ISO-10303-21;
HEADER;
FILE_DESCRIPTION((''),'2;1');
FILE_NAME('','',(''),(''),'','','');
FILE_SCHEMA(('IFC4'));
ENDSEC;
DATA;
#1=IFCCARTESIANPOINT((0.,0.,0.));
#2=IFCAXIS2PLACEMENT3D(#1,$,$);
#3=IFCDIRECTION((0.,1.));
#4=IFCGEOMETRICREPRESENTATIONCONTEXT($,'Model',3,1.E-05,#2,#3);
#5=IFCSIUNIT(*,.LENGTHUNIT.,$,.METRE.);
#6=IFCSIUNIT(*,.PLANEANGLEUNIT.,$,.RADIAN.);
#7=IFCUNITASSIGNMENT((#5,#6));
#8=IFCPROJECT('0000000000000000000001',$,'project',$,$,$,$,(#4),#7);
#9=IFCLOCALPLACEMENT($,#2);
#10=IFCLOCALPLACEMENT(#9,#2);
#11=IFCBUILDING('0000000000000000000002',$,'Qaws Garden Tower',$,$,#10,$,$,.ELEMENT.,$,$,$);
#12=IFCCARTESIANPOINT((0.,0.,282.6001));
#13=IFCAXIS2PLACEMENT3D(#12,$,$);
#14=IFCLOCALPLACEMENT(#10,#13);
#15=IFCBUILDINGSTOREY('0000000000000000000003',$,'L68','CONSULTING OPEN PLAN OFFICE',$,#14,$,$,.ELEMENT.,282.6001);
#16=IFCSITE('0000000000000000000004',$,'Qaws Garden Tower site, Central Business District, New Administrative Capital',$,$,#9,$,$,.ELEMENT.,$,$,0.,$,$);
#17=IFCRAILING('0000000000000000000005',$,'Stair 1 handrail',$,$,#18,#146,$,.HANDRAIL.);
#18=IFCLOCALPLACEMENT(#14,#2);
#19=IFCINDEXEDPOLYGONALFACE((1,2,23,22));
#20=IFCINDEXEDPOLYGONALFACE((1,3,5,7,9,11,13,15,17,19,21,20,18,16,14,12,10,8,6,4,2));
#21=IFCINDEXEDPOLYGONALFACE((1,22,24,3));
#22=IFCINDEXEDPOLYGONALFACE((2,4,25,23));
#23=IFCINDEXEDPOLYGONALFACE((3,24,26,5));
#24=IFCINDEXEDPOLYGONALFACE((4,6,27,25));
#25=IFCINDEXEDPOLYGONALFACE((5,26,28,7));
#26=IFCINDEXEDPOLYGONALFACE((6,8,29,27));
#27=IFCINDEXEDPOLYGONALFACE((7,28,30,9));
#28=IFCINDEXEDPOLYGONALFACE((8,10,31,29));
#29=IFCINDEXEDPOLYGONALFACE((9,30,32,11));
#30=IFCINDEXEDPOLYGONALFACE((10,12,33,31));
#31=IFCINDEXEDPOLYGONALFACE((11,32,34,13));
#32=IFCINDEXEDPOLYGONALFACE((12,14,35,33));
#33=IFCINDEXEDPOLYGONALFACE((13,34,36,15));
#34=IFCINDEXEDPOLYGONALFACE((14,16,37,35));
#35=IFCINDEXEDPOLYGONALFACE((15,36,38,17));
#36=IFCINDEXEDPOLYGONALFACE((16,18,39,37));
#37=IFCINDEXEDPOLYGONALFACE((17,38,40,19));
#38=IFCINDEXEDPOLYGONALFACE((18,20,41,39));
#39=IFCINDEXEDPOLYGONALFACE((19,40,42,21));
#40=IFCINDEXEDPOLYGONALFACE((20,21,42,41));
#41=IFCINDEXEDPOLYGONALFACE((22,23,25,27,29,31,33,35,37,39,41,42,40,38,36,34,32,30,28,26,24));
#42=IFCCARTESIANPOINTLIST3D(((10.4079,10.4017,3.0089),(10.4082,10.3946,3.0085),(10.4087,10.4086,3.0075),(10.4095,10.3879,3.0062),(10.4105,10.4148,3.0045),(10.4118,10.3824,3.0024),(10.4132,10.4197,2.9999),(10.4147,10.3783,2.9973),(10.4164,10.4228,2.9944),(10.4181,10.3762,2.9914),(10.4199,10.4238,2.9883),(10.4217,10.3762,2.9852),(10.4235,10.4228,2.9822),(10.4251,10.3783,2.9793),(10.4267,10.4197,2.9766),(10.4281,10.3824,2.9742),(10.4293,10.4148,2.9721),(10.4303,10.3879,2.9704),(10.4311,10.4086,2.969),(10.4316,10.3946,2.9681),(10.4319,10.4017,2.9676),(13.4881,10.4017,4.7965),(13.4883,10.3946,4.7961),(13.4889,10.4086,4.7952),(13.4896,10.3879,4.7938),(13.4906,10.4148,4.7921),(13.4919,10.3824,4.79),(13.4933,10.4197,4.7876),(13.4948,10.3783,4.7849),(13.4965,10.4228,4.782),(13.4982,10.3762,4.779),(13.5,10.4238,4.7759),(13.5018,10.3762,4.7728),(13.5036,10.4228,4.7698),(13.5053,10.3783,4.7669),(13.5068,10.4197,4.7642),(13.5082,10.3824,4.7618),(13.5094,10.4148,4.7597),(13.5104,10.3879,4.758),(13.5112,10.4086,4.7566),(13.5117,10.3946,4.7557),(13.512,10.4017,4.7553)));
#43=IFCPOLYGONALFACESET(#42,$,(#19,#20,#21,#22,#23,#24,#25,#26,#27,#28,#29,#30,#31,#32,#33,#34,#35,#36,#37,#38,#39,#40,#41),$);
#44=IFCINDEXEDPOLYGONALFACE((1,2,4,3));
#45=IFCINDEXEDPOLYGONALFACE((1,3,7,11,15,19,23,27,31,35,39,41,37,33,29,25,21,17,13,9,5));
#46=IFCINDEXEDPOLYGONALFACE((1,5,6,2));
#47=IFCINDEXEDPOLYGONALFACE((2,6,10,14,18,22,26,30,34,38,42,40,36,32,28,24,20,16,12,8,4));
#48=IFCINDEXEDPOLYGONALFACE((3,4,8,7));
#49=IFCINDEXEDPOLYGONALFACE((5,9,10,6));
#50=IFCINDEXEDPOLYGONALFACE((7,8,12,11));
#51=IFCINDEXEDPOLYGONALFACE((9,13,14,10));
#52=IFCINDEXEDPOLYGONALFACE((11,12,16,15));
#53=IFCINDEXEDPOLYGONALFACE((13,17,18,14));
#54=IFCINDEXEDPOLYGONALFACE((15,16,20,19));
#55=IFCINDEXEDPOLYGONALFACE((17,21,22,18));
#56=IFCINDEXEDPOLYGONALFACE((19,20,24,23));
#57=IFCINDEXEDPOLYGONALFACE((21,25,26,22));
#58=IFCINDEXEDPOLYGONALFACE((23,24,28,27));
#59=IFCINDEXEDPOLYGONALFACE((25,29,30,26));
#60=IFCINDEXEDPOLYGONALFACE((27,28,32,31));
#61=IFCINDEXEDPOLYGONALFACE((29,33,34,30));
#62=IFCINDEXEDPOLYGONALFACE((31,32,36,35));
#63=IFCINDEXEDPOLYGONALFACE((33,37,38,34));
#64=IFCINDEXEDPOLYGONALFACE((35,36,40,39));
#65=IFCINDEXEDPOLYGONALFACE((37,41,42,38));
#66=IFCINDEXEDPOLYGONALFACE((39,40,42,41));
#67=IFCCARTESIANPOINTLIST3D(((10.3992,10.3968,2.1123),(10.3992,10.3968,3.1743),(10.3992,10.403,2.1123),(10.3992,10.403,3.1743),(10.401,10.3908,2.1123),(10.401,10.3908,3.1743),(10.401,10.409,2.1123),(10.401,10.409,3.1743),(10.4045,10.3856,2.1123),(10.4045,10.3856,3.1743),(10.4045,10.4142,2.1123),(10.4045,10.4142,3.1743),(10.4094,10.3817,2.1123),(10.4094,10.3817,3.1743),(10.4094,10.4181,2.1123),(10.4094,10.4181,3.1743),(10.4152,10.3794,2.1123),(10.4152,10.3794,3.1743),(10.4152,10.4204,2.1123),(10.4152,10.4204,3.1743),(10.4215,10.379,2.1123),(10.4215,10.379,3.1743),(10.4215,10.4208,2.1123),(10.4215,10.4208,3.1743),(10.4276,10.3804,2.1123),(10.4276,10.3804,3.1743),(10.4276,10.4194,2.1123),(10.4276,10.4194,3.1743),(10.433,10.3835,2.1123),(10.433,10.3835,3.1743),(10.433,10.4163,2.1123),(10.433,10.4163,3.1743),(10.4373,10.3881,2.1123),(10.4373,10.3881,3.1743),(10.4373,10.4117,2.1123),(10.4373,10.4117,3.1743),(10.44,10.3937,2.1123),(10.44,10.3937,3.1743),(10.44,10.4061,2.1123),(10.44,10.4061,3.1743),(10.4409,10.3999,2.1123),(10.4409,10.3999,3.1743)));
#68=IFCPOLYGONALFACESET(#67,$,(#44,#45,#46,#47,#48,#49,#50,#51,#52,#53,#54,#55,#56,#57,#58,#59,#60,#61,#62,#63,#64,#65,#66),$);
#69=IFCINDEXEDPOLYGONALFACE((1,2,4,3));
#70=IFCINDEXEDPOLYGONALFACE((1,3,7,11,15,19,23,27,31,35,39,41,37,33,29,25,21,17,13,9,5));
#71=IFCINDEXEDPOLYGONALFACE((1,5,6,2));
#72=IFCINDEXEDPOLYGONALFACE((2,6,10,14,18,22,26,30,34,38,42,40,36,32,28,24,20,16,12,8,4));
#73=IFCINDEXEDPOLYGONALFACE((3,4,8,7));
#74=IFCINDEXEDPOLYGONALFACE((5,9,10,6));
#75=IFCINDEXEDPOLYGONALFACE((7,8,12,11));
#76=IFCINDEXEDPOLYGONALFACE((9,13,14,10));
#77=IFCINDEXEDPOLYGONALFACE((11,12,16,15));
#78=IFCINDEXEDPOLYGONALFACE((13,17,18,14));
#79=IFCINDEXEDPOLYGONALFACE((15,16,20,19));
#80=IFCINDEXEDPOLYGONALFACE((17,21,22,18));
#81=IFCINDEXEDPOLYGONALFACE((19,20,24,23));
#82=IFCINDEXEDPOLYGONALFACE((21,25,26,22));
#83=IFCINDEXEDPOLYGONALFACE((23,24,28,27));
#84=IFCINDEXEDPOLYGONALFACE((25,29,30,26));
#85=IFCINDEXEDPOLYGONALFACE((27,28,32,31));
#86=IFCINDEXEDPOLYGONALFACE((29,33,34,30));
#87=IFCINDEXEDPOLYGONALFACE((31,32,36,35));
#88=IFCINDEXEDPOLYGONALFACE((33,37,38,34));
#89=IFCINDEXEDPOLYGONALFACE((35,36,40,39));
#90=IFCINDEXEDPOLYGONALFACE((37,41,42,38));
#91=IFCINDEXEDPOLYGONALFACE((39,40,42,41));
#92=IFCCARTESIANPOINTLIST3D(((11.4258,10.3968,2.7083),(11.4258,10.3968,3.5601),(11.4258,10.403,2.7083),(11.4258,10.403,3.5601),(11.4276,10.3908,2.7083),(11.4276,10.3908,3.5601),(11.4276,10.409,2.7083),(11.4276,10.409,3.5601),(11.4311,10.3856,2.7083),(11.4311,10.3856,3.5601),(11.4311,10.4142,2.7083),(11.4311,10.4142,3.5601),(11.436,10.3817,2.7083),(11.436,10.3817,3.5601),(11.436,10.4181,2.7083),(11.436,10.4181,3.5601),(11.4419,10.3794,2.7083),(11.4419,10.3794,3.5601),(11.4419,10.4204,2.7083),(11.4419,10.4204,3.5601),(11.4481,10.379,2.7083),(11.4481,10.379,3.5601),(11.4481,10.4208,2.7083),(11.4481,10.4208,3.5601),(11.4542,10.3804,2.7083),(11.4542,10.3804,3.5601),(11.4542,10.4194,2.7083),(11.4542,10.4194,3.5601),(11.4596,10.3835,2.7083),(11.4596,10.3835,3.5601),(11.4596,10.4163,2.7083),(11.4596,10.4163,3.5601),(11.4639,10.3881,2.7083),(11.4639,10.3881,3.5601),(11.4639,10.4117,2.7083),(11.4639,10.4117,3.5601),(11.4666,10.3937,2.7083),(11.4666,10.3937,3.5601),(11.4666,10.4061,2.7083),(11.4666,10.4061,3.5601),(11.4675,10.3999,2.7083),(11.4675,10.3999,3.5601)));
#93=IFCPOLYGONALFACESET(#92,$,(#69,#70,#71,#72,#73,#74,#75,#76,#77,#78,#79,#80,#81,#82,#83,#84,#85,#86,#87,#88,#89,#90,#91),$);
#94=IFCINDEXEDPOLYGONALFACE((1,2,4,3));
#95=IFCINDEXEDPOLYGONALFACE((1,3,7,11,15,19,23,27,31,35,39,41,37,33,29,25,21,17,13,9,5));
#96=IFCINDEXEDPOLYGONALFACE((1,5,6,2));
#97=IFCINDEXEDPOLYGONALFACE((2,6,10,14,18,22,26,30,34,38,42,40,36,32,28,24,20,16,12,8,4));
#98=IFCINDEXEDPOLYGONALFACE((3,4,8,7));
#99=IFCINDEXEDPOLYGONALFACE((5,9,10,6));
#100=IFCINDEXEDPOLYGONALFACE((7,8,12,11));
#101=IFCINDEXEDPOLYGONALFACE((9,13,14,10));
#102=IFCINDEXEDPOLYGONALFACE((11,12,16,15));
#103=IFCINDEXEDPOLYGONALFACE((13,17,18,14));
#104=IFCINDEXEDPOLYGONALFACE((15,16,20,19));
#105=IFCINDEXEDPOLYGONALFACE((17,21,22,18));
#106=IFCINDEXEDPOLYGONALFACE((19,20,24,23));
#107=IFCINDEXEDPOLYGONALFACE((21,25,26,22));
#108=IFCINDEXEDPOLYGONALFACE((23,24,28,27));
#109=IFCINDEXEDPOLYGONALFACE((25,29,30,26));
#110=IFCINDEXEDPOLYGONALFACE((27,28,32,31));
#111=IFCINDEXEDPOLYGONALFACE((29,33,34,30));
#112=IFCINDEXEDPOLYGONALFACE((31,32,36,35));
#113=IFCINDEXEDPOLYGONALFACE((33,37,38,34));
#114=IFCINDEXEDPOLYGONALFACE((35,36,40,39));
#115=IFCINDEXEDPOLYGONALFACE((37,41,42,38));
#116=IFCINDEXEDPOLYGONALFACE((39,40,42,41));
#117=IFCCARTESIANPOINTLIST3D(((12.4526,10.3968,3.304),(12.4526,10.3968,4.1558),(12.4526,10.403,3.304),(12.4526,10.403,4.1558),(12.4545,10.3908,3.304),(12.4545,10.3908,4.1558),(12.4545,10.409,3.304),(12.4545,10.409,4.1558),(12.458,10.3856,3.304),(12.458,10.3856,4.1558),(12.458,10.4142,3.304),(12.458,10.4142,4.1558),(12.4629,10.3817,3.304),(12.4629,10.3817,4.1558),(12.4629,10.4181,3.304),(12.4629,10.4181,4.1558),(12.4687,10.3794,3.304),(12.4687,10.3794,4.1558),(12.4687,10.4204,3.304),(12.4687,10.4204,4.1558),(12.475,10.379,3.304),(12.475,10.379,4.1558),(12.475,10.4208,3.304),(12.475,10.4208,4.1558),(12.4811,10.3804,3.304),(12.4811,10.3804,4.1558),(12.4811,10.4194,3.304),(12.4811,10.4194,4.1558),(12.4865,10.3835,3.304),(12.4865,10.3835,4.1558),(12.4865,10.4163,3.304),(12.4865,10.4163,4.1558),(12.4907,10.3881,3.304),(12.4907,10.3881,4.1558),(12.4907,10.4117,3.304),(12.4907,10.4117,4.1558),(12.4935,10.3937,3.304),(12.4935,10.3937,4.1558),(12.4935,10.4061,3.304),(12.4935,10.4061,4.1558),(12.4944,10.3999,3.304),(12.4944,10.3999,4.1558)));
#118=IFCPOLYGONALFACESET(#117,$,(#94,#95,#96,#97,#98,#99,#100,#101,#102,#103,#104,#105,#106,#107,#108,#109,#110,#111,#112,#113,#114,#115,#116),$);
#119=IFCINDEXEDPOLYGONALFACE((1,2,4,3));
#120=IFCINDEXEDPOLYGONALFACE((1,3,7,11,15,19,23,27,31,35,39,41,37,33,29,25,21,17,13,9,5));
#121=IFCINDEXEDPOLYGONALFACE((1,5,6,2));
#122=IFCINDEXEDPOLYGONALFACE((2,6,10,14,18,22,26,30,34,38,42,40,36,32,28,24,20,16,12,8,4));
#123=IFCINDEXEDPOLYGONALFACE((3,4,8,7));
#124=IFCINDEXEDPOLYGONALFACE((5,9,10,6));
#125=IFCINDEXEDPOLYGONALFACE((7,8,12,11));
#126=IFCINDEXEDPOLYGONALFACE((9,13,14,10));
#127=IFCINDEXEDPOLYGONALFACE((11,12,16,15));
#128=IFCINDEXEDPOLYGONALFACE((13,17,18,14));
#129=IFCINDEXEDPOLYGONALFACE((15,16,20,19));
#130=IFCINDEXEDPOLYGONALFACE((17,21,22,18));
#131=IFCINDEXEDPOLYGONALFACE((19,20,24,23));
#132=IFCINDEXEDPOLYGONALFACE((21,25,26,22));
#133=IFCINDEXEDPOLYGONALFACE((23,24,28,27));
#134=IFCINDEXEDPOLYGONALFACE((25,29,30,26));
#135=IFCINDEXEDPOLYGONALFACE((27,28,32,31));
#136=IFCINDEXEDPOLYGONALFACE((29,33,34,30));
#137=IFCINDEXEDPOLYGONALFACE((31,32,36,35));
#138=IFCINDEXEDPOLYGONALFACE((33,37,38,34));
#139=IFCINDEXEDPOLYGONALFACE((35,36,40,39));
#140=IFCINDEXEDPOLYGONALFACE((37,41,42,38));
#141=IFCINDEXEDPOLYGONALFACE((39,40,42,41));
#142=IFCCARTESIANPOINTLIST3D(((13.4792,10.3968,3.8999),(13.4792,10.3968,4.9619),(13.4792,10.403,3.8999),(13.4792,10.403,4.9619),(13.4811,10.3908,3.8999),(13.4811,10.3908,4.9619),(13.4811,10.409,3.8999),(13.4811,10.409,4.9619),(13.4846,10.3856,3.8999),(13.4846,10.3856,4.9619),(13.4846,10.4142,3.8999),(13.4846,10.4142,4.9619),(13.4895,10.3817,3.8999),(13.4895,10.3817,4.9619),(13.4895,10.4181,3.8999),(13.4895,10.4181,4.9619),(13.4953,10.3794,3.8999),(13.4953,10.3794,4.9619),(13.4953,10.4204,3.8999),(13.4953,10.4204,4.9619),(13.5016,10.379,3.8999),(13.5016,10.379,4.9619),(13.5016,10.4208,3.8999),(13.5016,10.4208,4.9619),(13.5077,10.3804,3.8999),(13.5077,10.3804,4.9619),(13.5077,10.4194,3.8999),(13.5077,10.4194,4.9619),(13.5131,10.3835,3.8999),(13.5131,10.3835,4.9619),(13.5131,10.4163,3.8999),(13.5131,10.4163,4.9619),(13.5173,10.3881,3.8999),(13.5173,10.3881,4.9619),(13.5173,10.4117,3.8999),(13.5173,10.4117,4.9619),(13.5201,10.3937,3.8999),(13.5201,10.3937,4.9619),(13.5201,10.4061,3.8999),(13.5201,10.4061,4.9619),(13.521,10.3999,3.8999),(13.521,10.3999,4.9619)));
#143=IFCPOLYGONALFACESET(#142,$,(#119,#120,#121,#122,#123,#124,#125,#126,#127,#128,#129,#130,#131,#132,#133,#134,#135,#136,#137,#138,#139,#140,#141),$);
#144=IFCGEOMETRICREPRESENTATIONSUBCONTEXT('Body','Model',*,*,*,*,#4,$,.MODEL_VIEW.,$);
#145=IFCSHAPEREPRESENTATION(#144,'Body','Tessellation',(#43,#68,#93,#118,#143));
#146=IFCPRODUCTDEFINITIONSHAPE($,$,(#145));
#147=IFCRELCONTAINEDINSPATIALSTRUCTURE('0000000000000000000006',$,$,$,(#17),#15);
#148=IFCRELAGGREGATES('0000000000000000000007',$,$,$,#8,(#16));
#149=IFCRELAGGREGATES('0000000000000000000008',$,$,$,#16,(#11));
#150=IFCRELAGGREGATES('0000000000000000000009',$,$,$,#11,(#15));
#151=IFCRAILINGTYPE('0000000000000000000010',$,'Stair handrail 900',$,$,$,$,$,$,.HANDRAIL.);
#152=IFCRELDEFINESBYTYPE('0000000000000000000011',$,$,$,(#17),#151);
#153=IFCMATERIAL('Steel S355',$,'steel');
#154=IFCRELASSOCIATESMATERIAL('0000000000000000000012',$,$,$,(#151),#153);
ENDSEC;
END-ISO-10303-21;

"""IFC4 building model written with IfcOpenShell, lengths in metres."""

from ifc_helpers import new_model, si_unit, direction, frame, origin, origin_2d, place, context, subcontext, project, spatial, circle, extrude, material, type_object, element, save


model = new_model("IFC4")

# Units and contexts
model_context = context("Model", 3, precision=1e-05, world=origin(), true_north=direction((0.0, 1.0)))
body_context = subcontext(model_context, "Body", "Model", "MODEL_VIEW")
ifc_project = project(units=[si_unit("LENGTHUNIT", "METRE"), si_unit("PLANEANGLEUNIT", "RADIAN")], contexts=[model_context])

# Site, building, storey
site_placement = place(None, origin())
site = spatial("IfcSite", under=ifc_project, at=site_placement, Name="Qaws Garden Tower site, Central Business District, New Administrative Capital", CompositionType="ELEMENT", RefElevation=0.0)
building_placement = place(site_placement, origin())
building = spatial("IfcBuilding", under=site, at=building_placement, Name="Qaws Garden Tower", CompositionType="ELEMENT")
storey_placement = place(building_placement, frame((0.0, 0.0, 282.6001)))
storey = spatial("IfcBuildingStorey", under=building, at=storey_placement, Name="L68", Description="CONSULTING OPEN PLAN OFFICE", CompositionType="ELEMENT", Elevation=282.6001)

# Railing
ifc_material_1 = material(Name="Steel S355", Category="steel")
railing_type = type_object("IfcRailingType", Name="Stair handrail 900", PredefinedType="HANDRAIL", material=ifc_material_1)
railing_1_placement = place(storey_placement, frame((10.4199, 10.3999, 2.1123)))
element("IfcRailing", 1, at=railing_1_placement, inside=storey, type_object=railing_type, Name="Stair 1 handrail", PredefinedType="HANDRAIL", context=body_context, shape_type="SweptSolid", body=[
    extrude(circle(Radius=0.0239, at=origin_2d()), frame((0.0, 0.0, 0.876), z_axis=(0.864891, 0.0, 0.50196), x_axis=(0.0, 1.0, 0.0)), (0.0, 0.0, 1.0), 3.5613),
    extrude(circle(Radius=0.021, at=origin_2d()), origin(), (0.0, 0.0, 1.0), 1.062),
    extrude(circle(Radius=0.021, at=origin_2d()), frame((1.0266, 0.0, 0.5959)), (0.0, 0.0, 1.0), 0.8518),
    extrude(circle(Radius=0.021, at=origin_2d()), frame((2.0535, 0.0, 1.1917)), (0.0, 0.0, 1.0), 0.8518),
    extrude(circle(Radius=0.021, at=origin_2d()), frame((3.0801, 0.0, 1.7876)), (0.0, 0.0, 1.0), 1.062),
])

save(model, "model.ifc")
